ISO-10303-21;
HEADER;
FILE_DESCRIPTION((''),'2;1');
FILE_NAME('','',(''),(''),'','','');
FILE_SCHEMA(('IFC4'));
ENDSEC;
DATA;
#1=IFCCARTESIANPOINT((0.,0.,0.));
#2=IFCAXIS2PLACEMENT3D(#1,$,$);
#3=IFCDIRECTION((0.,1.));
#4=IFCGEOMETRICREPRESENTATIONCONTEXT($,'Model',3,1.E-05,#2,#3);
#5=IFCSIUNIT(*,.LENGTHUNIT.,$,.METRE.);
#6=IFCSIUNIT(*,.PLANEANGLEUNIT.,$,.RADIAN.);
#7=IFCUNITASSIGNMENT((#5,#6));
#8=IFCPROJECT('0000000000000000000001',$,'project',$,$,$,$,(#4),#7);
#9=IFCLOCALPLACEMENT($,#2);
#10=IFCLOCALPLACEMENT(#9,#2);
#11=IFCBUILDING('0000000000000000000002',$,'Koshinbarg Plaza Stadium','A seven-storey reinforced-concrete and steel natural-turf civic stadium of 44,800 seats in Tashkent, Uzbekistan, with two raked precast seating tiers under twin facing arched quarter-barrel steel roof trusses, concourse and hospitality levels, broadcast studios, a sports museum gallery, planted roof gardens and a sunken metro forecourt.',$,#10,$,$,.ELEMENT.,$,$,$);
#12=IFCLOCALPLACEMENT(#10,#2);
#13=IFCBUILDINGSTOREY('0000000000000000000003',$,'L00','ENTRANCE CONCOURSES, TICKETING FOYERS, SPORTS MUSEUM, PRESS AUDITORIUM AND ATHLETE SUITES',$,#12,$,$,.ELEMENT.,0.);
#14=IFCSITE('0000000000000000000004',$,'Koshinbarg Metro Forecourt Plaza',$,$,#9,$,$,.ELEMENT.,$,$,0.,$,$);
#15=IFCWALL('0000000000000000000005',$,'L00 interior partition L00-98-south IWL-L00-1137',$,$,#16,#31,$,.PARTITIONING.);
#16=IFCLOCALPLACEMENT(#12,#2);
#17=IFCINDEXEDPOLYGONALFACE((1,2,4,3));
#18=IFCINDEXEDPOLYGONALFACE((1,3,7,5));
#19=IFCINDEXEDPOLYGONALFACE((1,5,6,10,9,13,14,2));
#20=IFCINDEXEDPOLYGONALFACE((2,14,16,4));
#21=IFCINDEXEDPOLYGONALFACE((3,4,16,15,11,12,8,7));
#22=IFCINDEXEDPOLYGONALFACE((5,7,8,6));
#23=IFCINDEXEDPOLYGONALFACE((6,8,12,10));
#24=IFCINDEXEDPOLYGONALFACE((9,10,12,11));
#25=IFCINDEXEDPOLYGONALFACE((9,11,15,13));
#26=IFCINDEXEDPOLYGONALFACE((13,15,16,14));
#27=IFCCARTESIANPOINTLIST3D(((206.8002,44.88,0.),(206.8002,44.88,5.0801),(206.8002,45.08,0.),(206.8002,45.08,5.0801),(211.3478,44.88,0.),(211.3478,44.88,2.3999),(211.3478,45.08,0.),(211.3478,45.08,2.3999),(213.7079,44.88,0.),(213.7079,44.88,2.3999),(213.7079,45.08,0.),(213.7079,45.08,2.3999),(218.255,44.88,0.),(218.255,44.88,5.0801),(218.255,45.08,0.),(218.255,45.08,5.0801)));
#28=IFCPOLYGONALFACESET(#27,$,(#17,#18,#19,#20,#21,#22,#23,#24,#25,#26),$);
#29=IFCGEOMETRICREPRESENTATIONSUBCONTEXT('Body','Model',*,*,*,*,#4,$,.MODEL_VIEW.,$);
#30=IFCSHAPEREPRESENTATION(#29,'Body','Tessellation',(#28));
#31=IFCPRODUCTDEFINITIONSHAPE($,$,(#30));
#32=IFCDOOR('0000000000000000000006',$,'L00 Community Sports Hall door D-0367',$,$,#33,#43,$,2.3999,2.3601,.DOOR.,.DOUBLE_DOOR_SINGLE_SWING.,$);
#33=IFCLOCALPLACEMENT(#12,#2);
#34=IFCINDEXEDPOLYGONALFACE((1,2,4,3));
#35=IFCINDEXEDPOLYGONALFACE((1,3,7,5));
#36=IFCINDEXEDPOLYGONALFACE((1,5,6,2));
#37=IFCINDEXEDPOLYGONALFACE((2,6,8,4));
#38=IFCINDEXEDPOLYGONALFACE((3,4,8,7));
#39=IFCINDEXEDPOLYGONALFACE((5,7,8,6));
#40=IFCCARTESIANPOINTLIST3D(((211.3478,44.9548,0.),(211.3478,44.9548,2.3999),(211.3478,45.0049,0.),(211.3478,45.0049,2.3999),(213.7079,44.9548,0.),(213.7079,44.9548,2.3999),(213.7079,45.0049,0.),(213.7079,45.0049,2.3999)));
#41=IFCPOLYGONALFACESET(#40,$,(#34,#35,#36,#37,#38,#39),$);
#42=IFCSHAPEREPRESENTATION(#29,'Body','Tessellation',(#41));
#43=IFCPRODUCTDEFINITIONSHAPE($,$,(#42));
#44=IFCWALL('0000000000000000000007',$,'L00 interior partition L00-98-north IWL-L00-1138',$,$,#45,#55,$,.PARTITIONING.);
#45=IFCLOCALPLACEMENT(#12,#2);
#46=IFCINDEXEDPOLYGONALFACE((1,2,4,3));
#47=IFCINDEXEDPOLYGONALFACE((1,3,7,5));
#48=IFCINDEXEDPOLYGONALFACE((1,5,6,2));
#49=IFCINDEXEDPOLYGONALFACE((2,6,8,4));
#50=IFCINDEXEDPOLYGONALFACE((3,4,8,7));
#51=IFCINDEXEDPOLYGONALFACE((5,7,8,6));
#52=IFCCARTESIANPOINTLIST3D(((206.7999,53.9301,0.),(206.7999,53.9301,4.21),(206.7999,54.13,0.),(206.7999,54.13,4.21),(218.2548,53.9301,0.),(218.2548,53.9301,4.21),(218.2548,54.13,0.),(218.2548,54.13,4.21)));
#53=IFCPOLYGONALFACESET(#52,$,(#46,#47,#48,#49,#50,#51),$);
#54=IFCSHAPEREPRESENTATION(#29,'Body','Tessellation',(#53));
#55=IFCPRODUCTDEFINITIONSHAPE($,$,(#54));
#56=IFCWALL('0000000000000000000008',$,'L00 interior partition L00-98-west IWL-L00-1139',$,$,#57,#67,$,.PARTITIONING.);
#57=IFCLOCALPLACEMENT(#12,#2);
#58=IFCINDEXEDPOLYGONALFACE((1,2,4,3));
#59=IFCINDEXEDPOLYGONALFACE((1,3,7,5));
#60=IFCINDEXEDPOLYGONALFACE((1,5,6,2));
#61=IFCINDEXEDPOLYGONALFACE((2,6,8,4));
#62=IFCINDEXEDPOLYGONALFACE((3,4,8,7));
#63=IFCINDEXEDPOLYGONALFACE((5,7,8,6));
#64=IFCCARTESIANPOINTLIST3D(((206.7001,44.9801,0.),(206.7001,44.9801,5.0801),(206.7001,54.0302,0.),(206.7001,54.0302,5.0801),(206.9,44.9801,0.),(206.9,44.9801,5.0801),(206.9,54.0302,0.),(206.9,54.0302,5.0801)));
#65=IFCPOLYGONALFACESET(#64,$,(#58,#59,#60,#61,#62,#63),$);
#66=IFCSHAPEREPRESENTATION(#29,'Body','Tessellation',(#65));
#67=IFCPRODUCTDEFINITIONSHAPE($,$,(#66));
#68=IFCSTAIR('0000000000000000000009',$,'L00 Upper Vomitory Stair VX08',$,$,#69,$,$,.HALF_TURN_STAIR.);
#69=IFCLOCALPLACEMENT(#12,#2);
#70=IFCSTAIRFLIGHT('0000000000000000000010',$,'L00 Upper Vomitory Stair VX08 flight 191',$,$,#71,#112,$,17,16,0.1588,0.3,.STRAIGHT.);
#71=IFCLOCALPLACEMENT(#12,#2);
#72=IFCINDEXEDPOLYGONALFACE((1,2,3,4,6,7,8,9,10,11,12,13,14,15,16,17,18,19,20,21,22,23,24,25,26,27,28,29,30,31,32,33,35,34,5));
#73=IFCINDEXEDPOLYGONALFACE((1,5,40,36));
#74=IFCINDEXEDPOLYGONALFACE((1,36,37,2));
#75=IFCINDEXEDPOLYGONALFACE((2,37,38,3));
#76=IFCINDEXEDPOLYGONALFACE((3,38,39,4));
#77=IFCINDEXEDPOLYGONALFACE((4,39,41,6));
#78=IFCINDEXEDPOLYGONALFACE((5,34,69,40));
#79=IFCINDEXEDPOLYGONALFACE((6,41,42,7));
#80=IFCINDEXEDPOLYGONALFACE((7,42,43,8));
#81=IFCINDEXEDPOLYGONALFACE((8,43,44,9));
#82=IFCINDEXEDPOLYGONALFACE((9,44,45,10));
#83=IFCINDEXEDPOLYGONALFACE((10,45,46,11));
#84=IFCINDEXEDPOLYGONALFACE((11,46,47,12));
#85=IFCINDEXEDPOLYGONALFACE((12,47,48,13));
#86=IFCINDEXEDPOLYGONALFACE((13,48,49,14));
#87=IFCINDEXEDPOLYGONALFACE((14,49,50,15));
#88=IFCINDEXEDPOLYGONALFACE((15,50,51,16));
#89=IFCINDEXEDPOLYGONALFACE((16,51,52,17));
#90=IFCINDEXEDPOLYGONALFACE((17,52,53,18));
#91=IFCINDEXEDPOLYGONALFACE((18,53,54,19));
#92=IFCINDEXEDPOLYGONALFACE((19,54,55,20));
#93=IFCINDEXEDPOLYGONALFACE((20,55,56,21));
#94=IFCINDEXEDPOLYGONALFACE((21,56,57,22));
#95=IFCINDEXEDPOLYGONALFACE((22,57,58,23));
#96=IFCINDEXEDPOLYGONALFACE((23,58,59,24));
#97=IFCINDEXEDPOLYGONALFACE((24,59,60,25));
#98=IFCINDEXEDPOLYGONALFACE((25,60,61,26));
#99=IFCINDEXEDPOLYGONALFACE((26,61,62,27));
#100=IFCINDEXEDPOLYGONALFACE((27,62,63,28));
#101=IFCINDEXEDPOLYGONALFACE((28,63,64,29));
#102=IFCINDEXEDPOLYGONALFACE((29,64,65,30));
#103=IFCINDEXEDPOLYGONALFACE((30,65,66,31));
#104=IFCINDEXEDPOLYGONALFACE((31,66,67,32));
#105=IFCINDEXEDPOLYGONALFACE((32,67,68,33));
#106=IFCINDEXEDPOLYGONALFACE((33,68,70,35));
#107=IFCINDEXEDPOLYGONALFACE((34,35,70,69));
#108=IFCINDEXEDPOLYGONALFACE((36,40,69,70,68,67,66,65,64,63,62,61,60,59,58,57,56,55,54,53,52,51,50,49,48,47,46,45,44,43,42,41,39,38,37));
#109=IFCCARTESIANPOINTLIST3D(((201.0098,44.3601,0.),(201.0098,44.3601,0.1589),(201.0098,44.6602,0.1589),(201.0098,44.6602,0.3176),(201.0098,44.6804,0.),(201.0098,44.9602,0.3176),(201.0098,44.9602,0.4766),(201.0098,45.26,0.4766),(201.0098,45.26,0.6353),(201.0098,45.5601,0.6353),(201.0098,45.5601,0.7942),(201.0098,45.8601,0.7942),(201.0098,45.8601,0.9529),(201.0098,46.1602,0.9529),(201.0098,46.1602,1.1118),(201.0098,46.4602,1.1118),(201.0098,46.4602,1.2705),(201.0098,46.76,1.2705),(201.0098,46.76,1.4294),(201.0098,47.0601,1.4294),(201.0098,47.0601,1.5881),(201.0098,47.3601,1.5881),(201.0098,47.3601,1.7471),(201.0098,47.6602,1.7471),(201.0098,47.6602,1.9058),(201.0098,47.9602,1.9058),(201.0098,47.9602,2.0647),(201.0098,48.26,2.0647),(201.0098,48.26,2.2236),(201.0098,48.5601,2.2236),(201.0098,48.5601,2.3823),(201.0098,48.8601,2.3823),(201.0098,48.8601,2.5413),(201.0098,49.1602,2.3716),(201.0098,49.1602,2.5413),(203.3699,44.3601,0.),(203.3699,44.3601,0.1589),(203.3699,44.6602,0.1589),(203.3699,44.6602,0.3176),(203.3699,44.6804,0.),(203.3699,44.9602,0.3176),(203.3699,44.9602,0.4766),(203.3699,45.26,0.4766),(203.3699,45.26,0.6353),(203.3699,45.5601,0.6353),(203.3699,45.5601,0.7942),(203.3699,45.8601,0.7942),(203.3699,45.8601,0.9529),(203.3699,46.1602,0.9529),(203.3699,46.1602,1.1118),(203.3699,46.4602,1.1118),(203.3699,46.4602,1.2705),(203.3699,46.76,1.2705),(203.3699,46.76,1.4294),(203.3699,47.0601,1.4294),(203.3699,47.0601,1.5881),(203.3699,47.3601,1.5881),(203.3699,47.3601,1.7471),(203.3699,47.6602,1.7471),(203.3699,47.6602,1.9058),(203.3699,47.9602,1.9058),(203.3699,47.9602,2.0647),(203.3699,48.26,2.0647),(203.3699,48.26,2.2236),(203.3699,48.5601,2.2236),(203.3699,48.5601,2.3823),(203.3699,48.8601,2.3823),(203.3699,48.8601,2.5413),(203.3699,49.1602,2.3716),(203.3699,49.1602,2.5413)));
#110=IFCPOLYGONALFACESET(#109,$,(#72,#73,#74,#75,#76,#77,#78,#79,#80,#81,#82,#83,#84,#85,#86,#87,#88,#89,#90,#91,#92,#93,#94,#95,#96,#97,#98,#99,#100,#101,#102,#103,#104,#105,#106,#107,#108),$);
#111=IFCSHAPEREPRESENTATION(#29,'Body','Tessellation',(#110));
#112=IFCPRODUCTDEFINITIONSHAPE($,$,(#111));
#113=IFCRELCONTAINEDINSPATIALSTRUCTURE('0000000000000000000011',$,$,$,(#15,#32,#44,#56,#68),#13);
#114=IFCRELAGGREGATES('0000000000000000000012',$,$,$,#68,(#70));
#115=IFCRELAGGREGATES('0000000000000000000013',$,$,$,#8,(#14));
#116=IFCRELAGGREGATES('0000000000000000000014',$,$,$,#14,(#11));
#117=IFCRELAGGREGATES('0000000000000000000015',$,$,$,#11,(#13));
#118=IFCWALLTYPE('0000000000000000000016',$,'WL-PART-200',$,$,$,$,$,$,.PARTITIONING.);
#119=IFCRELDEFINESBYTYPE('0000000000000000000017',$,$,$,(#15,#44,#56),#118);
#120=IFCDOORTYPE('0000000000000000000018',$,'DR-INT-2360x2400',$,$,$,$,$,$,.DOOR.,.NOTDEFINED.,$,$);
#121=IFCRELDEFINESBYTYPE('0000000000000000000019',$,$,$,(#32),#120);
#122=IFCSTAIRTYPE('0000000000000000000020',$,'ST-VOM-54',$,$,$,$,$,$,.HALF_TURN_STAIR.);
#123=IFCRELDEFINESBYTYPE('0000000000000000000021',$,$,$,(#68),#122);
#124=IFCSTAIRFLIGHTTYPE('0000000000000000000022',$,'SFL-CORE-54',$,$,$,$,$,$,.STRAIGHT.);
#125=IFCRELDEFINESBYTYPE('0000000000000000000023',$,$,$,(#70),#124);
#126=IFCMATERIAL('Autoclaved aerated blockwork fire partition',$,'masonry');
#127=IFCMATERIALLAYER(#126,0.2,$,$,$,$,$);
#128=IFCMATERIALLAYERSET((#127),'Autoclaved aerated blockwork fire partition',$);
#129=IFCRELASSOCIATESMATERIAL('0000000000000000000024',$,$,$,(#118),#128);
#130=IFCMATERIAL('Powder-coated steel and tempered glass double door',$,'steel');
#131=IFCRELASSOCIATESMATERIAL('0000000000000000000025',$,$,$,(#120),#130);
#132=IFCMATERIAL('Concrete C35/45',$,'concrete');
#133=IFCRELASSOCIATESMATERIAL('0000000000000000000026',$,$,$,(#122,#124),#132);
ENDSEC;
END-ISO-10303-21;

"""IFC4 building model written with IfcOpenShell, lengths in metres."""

from ifc_helpers import new_model, si_unit, direction, frame, frame_2d, origin, place, context, subcontext, project, spatial, polyline, rectangle, outline, extrude, material, layer, layer_set, type_object, element, fill, aggregate, save


model = new_model("IFC4")

# Units and contexts
model_context = context("Model", 3, precision=1e-05, world=origin(), true_north=direction((0.0, 1.0)))
body_context = subcontext(model_context, "Body", "Model", "MODEL_VIEW")
ifc_project = project(units=[si_unit("LENGTHUNIT", "METRE"), si_unit("PLANEANGLEUNIT", "RADIAN")], contexts=[model_context])

# Site, building, storey
site_placement = place(None, origin())
site = spatial("IfcSite", under=ifc_project, at=site_placement, Name="Koshinbarg Metro Forecourt Plaza", CompositionType="ELEMENT", RefElevation=0.0)
building_placement = place(site_placement, origin())
building = spatial("IfcBuilding", under=site, at=building_placement, Name="Koshinbarg Plaza Stadium", Description="A seven-storey reinforced-concrete and steel natural-turf civic stadium of 44,800 seats in Tashkent, Uzbekistan, with two raked precast seating tiers under twin facing arched quarter-barrel steel roof trusses, concourse and hospitality levels, broadcast studios, a sports museum gallery, planted roof gardens and a sunken metro forecourt.", CompositionType="ELEMENT")
storey_placement = place(building_placement, origin())
storey = spatial("IfcBuildingStorey", under=building, at=storey_placement, Name="L00", Description="ENTRANCE CONCOURSES, TICKETING FOYERS, SPORTS MUSEUM, PRESS AUDITORIUM AND ATHLETE SUITES", CompositionType="ELEMENT", Elevation=0.0)

# Shared definitions
ifc_material_1 = material(Name="Concrete C35/45", Category="concrete")

# Shared definitions
ifc_material_2 = material(Name="Autoclaved aerated blockwork fire partition", Category="masonry")
ifc_layer_1 = layer(ifc_material_2, 0.2)
ifc_layer_set_1 = layer_set([ifc_layer_1], Name="Autoclaved aerated blockwork fire partition")
wall_type_1 = type_object("IfcWallType", Name="WL-PART-200", PredefinedType="PARTITIONING", material=ifc_layer_set_1)

# Wall, opening, door
wall_1_placement = place(storey_placement, frame((206.8, 44.98, 0.0), z_axis=(0.0, 0.0, 1.0), x_axis=(1.0, 0.0, 0.0)))
wall_1 = element("IfcWall", 1, at=wall_1_placement, inside=storey, type_object=wall_type_1, Name="L00 interior partition L00-98-south IWL-L00-1137", PredefinedType="PARTITIONING", context=body_context, shape_type="SweptSolid", body=[
    extrude(rectangle(XDim=11.4548, YDim=0.2, at=frame_2d((5.7275, 0.0))), origin(), (0.0, 0.0, 1.0), 5.0801),
])
opening_1_placement = place(wall_1_placement, frame((4.5476, 0.0, 0.0)))
opening_1 = element("IfcOpeningElement", 2, at=opening_1_placement, cuts=wall_1, PredefinedType="OPENING", context=body_context, shape_type="SweptSolid", body=[
    extrude(rectangle(XDim=2.3601, YDim=2.3999, at=frame_2d((1.1802, 1.2))), frame((0.0, 0.1099, 0.0), z_axis=(0.0, -1.0, 0.0), x_axis=(1.0, 0.0, 0.0)), (0.0, 0.0, 1.0), 0.22),
])
ifc_material_3 = material(Name="Powder-coated steel and tempered glass double door", Category="steel")
door_type_1 = type_object("IfcDoorType", Name="DR-INT-2360x2400", OperationType="NOTDEFINED", PredefinedType="DOOR", material=ifc_material_3)
door_1_placement = place(opening_1_placement, origin())
door_1 = element("IfcDoor", 3, at=door_1_placement, inside=storey, type_object=door_type_1, Name="L00 Community Sports Hall door D-0367", OperationType="DOUBLE_DOOR_SINGLE_SWING", OverallHeight=2.3999, OverallWidth=2.3601, PredefinedType="DOOR", context=body_context, shape_type="SweptSolid", body=[
    extrude(rectangle(XDim=2.3601, YDim=2.3999, at=frame_2d((1.1802, 1.2))), frame((0.0, 0.0249, 0.0), z_axis=(0.0, -1.0, 0.0), x_axis=(1.0, 0.0, 0.0)), (0.0, 0.0, 1.0), 0.05),
])
fill(opening_1, door_1)

# Walls
wall_2_placement = place(storey_placement, frame((218.2549, 54.03, 0.0), z_axis=(0.0, 0.0, 1.0), x_axis=(-1.0, 0.0, 0.0)))
element("IfcWall", 4, at=wall_2_placement, inside=storey, type_object=wall_type_1, Name="L00 interior partition L00-98-north IWL-L00-1138", PredefinedType="PARTITIONING", context=body_context, shape_type="SweptSolid", body=[
    extrude(rectangle(XDim=11.4548, YDim=0.2, at=frame_2d((5.7275, 0.0))), origin(), (0.0, 0.0, 1.0), 4.21),
])
wall_3_placement = place(storey_placement, frame((206.8, 54.03, 0.0), z_axis=(0.0, 0.0, 1.0), x_axis=(0.0, -1.0, 0.0)))
element("IfcWall", 5, at=wall_3_placement, inside=storey, type_object=wall_type_1, Name="L00 interior partition L00-98-west IWL-L00-1139", PredefinedType="PARTITIONING", context=body_context, shape_type="SweptSolid", body=[
    extrude(rectangle(XDim=9.05, YDim=0.2, at=frame_2d((4.5249, 0.0))), origin(), (0.0, 0.0, 1.0), 5.0801),
])

# Stair, stair flight
stair_type = type_object("IfcStairType", Name="ST-VOM-54", PredefinedType="HALF_TURN_STAIR", material=ifc_material_1)
stair_placement = place(storey_placement, origin())
stair = element("IfcStair", 6, at=stair_placement, inside=storey, type_object=stair_type, Name="L00 Upper Vomitory Stair VX08", PredefinedType="HALF_TURN_STAIR")
stair_flight_type = type_object("IfcStairFlightType", Name="SFL-CORE-54", PredefinedType="STRAIGHT", material=ifc_material_1)
stair_flight_placement = place(storey_placement, frame((202.1899, 44.3601, 0.0), z_axis=(0.0, 0.0, 1.0), x_axis=(0.0, 1.0, 0.0)))
stair_flight = element("IfcStairFlight", 7, at=stair_flight_placement, type_object=stair_flight_type, Name="L00 Upper Vomitory Stair VX08 flight 191", NumberOfRisers=17, NumberOfTreads=16, PredefinedType="STRAIGHT", RiserHeight=0.1588, TreadLength=0.3, context=body_context, shape_type="SweptSolid", body=[
    extrude(outline(polyline([(0.0, 0.0), (0.0, 0.1589), (0.3, 0.1589), (0.3, 0.3176), (0.6001, 0.3176), (0.6001, 0.4766), (0.8999, 0.4766), (0.8999, 0.6353), (1.2, 0.6353), (1.2, 0.7942), (1.5, 0.7942), (1.5, 0.9529), (1.8, 0.9529), (1.8, 1.1118), (2.1001, 1.1118), (2.1001, 1.2705), (2.3999, 1.2705), (2.3999, 1.4294), (2.7, 1.4294), (2.7, 1.5881), (3.0, 1.5881), (3.0, 1.7471), (3.3, 1.7471), (3.3, 1.9058), (3.6001, 1.9058), (3.6001, 2.0647), (3.8999, 2.0647), (3.8999, 2.2236), (4.2, 2.2236), (4.2, 2.3823), (4.5, 2.3823), (4.5, 2.5413), (4.8, 2.5413), (4.8, 2.7), (4.8, 2.3716), (0.3203, 0.0), (0.0, 0.0)])), frame((0.0, 1.1802, 0.0), z_axis=(0.0, -1.0, 0.0), x_axis=(1.0, 0.0, 0.0)), (0.0, 0.0, 1.0), 2.3601),
])
aggregate(stair, [stair_flight])

save(model, "model.ifc")
